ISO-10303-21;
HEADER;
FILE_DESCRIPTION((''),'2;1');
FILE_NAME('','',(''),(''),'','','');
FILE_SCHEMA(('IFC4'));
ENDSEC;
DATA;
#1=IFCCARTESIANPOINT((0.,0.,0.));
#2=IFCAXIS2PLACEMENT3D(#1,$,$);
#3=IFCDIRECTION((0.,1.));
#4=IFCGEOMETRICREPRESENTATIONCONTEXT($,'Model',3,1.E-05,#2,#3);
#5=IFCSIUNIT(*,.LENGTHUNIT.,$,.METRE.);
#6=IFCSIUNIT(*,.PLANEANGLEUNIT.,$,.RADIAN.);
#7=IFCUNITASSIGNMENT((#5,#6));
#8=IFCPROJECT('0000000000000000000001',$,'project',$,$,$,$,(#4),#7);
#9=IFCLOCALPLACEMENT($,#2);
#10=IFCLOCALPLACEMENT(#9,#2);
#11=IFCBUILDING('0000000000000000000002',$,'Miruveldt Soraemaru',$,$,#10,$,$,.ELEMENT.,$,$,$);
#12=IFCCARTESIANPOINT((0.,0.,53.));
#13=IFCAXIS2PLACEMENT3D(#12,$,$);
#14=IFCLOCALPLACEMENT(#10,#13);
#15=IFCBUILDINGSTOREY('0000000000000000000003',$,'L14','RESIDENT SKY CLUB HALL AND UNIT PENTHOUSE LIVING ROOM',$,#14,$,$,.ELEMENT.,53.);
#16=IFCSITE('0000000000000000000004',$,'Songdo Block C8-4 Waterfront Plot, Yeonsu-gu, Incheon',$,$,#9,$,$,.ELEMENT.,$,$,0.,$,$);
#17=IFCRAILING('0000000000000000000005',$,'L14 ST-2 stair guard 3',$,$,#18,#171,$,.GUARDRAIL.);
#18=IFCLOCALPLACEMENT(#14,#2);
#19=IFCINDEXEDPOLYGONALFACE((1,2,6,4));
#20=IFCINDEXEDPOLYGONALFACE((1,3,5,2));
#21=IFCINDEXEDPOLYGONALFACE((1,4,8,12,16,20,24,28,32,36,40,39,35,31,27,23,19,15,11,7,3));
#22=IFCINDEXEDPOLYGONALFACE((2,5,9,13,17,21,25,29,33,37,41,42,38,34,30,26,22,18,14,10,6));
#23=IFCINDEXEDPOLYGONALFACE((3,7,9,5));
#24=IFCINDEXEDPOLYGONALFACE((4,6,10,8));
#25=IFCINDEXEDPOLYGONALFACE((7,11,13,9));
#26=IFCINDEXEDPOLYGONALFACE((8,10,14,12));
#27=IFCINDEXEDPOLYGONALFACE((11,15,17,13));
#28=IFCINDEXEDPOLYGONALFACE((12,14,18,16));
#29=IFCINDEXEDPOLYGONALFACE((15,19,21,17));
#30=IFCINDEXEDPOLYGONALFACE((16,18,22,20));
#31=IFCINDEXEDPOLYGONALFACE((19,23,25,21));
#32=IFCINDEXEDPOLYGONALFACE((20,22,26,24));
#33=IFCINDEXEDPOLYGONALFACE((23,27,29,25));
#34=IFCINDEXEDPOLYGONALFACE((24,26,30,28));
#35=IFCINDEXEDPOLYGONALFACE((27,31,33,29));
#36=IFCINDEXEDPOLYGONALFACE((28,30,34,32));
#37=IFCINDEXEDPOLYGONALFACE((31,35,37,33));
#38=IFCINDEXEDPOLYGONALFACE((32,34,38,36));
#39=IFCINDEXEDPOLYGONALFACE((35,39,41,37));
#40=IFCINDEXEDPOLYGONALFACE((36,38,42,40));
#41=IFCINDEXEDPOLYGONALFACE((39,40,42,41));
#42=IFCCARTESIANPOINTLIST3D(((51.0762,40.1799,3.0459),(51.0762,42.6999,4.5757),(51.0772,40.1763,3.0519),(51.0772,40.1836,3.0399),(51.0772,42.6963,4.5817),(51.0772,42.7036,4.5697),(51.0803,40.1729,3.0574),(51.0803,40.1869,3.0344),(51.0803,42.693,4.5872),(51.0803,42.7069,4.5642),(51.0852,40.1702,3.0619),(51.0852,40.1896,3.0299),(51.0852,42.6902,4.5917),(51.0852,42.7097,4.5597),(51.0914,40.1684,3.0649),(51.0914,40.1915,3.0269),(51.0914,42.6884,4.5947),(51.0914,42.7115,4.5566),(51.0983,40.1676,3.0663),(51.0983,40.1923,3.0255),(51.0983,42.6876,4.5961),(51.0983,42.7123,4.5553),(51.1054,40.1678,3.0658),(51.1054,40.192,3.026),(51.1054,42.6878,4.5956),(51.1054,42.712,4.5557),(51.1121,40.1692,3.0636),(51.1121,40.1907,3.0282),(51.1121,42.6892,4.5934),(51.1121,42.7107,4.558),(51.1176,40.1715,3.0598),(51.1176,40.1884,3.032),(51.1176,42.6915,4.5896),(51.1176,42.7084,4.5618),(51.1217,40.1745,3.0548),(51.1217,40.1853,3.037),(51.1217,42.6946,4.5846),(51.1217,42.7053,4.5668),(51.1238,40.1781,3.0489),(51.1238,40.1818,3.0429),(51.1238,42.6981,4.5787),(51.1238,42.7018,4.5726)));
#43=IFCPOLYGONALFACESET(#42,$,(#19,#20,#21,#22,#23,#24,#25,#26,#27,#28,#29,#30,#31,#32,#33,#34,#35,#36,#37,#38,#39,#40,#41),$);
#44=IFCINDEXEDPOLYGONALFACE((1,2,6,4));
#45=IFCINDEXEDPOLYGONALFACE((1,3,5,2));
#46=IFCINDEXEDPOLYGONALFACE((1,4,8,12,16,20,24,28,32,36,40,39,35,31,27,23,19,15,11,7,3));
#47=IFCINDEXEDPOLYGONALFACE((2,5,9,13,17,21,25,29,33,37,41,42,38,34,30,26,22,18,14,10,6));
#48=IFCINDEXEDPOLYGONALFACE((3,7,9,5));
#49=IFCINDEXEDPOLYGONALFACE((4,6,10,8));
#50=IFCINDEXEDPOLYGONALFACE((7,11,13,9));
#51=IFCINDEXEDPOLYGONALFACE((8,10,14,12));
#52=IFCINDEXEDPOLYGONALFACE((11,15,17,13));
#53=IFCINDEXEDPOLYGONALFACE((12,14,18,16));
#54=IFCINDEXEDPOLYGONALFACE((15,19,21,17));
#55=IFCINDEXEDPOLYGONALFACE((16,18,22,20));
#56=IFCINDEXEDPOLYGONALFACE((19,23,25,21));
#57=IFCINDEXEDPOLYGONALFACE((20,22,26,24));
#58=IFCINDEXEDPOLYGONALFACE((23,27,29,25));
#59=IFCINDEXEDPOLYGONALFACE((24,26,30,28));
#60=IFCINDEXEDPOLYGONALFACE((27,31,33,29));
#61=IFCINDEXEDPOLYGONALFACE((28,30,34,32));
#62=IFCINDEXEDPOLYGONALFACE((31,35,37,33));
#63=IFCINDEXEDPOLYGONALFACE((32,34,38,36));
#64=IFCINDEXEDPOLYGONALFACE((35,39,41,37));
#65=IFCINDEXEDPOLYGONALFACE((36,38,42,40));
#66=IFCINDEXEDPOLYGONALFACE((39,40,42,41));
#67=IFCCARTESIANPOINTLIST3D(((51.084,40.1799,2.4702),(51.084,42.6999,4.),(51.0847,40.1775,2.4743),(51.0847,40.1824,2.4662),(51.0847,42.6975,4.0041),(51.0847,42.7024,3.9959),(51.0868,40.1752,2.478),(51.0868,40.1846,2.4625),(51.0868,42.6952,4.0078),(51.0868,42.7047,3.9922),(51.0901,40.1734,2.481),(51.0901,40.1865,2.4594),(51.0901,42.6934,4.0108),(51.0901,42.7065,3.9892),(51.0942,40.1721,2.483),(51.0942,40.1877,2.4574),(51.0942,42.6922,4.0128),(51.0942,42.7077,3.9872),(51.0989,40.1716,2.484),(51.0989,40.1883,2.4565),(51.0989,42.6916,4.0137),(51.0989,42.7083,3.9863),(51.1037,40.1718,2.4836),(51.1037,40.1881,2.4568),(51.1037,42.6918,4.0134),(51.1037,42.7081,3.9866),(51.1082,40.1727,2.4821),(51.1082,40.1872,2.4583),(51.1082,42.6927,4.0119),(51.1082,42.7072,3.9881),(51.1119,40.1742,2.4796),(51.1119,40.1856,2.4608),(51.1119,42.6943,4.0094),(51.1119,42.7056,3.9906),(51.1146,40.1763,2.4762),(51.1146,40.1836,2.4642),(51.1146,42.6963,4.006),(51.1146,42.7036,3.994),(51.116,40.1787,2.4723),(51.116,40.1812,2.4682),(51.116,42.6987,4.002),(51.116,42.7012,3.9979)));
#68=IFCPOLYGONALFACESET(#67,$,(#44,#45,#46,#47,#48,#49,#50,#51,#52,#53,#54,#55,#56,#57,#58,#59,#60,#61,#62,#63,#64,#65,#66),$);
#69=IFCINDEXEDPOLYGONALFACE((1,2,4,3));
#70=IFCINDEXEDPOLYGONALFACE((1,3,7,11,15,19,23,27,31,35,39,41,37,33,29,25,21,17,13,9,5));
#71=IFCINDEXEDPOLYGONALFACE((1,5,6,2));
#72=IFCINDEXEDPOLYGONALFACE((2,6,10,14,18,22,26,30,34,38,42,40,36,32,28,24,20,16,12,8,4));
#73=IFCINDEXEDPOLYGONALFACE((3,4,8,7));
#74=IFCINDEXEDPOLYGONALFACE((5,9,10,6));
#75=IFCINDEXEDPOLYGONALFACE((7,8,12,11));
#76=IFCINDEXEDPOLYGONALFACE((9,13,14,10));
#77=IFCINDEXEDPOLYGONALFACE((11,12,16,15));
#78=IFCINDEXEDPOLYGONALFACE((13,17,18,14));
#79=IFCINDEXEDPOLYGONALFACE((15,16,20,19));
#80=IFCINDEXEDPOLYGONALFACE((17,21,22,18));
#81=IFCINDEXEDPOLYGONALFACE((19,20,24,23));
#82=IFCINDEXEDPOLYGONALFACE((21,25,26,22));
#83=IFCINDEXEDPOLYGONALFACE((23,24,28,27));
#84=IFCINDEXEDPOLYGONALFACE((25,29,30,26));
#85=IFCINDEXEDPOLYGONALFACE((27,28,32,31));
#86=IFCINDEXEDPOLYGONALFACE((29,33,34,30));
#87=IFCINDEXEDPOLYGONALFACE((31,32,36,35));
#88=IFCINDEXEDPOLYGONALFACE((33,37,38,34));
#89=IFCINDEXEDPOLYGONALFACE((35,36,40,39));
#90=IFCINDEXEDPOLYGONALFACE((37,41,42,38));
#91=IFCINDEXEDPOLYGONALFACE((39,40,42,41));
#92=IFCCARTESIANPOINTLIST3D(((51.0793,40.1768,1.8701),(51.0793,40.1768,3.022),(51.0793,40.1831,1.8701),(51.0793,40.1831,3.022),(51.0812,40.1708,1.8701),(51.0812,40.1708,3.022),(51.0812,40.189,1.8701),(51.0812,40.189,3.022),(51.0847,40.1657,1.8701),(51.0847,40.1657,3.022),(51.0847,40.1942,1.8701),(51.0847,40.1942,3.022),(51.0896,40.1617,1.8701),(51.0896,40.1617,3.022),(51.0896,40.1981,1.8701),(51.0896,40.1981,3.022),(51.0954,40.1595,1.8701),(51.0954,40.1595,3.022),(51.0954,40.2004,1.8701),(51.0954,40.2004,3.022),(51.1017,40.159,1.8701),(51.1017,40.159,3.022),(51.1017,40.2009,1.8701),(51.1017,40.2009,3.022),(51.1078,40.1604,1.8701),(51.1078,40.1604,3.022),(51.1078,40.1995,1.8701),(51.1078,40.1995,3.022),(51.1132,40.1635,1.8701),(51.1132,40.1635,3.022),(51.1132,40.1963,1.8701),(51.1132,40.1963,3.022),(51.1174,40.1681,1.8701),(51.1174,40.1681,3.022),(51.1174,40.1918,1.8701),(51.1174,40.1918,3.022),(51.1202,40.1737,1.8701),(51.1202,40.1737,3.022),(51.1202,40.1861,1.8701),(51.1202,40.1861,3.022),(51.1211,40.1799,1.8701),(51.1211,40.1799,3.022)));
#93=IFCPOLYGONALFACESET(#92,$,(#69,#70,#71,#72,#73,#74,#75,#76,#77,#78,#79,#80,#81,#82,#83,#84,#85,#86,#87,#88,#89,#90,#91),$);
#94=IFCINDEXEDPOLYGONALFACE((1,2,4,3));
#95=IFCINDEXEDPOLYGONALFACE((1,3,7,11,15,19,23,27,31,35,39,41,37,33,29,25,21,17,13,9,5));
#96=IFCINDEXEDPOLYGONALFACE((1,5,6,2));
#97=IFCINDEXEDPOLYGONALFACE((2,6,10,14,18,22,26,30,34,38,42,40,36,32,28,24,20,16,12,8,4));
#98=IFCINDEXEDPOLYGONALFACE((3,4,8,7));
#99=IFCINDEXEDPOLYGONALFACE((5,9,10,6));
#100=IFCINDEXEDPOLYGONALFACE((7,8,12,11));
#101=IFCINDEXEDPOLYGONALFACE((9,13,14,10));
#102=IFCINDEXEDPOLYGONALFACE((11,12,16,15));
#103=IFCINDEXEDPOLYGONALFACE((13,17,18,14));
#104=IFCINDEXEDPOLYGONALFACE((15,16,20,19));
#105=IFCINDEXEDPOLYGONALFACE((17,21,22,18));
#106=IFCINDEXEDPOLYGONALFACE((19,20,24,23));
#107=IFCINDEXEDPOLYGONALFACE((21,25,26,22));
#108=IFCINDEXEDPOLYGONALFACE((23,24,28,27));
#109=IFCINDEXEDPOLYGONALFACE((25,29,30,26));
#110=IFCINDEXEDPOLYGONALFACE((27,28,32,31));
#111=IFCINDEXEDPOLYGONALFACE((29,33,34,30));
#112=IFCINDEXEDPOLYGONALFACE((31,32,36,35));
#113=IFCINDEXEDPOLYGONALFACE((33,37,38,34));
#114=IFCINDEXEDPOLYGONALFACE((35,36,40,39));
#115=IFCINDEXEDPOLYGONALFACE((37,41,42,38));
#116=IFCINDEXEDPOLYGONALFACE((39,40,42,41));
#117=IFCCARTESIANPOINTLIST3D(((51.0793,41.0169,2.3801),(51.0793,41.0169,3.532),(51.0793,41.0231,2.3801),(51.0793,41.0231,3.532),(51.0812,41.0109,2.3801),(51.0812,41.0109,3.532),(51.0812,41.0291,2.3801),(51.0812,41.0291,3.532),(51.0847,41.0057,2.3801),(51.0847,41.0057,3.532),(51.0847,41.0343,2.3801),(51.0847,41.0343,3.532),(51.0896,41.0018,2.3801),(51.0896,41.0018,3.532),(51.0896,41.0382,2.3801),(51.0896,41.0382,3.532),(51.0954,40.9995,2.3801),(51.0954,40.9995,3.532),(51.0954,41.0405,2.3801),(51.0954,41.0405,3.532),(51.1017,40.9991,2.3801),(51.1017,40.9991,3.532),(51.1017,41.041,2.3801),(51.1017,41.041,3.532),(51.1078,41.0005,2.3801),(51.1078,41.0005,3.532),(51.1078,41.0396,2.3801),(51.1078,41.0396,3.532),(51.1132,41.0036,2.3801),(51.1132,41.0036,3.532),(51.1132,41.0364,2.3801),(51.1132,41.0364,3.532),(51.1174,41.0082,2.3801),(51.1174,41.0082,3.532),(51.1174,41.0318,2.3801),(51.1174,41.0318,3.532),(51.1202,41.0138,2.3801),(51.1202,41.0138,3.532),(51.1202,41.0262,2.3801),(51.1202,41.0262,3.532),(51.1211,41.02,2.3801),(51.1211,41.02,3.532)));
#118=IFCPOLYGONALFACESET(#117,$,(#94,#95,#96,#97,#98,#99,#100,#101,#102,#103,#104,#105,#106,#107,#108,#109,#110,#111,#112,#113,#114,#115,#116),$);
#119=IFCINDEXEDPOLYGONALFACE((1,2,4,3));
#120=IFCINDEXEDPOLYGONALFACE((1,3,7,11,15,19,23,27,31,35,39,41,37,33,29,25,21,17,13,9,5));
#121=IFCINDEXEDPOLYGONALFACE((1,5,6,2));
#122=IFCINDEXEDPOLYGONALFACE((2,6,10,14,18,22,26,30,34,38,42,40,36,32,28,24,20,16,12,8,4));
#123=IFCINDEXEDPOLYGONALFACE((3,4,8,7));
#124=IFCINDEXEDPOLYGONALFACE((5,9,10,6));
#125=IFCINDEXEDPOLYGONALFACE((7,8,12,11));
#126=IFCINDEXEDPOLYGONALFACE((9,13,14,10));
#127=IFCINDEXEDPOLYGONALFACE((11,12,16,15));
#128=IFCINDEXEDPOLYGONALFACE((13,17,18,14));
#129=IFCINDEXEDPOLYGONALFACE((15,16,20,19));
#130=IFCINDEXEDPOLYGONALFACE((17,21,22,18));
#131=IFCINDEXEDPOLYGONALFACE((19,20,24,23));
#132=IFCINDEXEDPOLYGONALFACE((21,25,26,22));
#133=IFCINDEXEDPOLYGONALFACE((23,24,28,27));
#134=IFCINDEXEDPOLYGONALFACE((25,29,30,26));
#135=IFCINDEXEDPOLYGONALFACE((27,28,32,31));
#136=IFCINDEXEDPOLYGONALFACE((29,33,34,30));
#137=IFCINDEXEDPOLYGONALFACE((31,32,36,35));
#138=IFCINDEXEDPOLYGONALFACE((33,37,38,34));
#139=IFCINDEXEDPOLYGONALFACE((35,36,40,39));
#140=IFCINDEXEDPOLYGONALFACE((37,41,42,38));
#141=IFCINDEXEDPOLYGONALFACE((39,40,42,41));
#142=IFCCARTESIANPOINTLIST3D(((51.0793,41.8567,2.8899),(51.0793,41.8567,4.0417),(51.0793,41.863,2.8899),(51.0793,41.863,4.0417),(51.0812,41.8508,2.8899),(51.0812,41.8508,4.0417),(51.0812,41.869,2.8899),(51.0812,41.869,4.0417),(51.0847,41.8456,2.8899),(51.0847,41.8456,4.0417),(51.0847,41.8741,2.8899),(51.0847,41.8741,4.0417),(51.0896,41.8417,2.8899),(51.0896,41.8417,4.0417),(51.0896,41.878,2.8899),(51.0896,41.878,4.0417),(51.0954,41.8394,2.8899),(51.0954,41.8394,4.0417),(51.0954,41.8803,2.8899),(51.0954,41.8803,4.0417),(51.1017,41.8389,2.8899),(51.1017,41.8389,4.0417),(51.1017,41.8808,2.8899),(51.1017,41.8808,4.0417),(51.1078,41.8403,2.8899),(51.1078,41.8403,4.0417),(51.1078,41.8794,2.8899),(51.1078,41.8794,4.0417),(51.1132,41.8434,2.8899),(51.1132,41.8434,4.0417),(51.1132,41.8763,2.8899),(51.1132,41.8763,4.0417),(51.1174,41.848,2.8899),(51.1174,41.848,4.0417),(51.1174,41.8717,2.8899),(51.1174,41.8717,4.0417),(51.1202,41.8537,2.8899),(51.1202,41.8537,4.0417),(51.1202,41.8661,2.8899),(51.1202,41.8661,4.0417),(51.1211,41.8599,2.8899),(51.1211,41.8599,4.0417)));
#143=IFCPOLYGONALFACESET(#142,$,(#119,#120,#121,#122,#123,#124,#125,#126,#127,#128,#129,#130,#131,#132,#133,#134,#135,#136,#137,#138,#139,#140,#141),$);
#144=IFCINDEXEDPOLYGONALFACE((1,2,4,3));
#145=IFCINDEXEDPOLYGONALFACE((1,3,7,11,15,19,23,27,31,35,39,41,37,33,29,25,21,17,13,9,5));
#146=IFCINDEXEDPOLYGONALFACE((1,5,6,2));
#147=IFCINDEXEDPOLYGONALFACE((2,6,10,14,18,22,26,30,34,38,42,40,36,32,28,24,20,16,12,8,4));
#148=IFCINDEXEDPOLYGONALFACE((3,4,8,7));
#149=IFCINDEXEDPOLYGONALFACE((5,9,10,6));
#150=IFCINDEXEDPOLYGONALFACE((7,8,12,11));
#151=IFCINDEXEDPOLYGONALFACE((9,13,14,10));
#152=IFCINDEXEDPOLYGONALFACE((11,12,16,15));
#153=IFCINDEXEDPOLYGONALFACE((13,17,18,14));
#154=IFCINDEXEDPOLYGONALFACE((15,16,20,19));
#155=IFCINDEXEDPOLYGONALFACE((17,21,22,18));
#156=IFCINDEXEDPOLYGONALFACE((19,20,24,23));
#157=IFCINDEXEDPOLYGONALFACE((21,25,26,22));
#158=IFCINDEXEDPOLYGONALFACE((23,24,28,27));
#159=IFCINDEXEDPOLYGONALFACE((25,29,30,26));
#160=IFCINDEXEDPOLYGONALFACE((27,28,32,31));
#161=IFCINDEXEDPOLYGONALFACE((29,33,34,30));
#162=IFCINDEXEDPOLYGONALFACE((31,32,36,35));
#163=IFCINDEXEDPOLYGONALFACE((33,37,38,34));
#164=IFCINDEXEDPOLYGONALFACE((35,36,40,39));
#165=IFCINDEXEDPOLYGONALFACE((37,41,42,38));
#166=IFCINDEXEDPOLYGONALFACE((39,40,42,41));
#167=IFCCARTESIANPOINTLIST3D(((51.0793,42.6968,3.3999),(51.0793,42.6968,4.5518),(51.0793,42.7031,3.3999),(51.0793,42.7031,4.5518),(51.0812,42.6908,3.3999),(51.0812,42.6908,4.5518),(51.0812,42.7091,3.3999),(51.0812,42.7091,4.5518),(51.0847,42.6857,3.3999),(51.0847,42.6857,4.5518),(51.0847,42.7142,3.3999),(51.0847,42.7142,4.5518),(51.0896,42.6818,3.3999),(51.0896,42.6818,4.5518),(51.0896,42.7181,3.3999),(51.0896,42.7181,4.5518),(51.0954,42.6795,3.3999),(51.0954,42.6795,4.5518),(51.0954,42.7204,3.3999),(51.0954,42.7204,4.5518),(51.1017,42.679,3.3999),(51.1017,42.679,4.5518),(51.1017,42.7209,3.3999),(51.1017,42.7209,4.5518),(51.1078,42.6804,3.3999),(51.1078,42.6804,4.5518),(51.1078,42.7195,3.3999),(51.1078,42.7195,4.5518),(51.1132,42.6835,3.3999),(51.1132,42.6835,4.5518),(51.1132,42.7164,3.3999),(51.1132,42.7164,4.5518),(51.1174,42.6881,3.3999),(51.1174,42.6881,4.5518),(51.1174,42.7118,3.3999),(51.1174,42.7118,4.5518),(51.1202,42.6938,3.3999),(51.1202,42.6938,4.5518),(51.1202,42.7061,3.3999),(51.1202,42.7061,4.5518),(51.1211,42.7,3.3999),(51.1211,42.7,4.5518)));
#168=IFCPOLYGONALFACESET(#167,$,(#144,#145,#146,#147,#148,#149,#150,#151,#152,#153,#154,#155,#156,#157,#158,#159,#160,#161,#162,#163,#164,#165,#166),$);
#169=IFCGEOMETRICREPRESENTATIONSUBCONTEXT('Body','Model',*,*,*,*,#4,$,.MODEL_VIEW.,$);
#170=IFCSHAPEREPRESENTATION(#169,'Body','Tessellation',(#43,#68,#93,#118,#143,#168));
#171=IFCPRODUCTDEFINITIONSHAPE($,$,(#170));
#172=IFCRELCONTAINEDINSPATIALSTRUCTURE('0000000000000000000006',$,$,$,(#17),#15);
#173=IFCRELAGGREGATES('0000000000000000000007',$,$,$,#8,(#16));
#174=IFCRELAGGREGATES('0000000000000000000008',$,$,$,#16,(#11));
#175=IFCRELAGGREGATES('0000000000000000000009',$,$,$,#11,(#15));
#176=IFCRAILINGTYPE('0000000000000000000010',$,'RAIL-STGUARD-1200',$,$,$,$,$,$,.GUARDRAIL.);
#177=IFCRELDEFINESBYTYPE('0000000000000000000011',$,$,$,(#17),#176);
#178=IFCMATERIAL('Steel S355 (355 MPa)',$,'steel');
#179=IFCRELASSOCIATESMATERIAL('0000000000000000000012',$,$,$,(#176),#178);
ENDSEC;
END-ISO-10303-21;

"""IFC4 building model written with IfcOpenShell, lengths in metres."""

from ifc_helpers import new_model, si_unit, direction, frame, origin, origin_2d, place, context, subcontext, project, spatial, circle, extrude, material, type_object, element, save


model = new_model("IFC4")

# Units and contexts
model_context = context("Model", 3, precision=1e-05, world=origin(), true_north=direction((0.0, 1.0)))
body_context = subcontext(model_context, "Body", "Model", "MODEL_VIEW")
ifc_project = project(units=[si_unit("LENGTHUNIT", "METRE"), si_unit("PLANEANGLEUNIT", "RADIAN")], contexts=[model_context])

# Site, building, storey
site_placement = place(None, origin())
site = spatial("IfcSite", under=ifc_project, at=site_placement, Name="Songdo Block C8-4 Waterfront Plot, Yeonsu-gu, Incheon", CompositionType="ELEMENT", RefElevation=0.0)
building_placement = place(site_placement, origin())
building = spatial("IfcBuilding", under=site, at=building_placement, Name="Miruveldt Soraemaru", CompositionType="ELEMENT")
storey_placement = place(building_placement, frame((0.0, 0.0, 53.0)))
storey = spatial("IfcBuildingStorey", under=building, at=storey_placement, Name="L14", Description="RESIDENT SKY CLUB HALL AND UNIT PENTHOUSE LIVING ROOM", CompositionType="ELEMENT", Elevation=53.0)

# Railing
ifc_material_1 = material(Name="Steel S355 (355 MPa)", Category="steel")
railing_type_1 = type_object("IfcRailingType", Name="RAIL-STGUARD-1200", PredefinedType="GUARDRAIL", material=ifc_material_1)
railing_1_placement = place(storey_placement, frame((51.1001, 40.1799, 1.8701)))
element("IfcRailing", 1, at=railing_1_placement, inside=storey, type_object=railing_type_1, Name="L14 ST-2 stair guard 3", PredefinedType="GUARDRAIL", context=body_context, shape_type="SweptSolid", body=[
    extrude(circle(Radius=0.0239, at=origin_2d()), frame((0.0, 0.0, 1.1758), z_axis=(0.0, 0.854822, 0.518922), x_axis=(-1.0, 0.0, 0.0)), (0.0, 0.0, 1.0), 2.948),
    extrude(circle(Radius=0.0161, at=origin_2d()), frame((0.0, 0.0, 0.6001), z_axis=(0.0, 0.854822, 0.518922), x_axis=(-1.0, 0.0, 0.0)), (0.0, 0.0, 1.0), 2.948),
    extrude(circle(Radius=0.021, at=origin_2d()), origin(), (0.0, 0.0, 1.0), 1.1519),
    extrude(circle(Radius=0.021, at=origin_2d()), frame((0.0, 0.8401, 0.51)), (0.0, 0.0, 1.0), 1.1519),
    extrude(circle(Radius=0.021, at=origin_2d()), frame((0.0, 1.6799, 1.0198)), (0.0, 0.0, 1.0), 1.1519),
    extrude(circle(Radius=0.021, at=origin_2d()), frame((0.0, 2.52, 1.5298)), (0.0, 0.0, 1.0), 1.1519),
])

save(model, "model.ifc")
